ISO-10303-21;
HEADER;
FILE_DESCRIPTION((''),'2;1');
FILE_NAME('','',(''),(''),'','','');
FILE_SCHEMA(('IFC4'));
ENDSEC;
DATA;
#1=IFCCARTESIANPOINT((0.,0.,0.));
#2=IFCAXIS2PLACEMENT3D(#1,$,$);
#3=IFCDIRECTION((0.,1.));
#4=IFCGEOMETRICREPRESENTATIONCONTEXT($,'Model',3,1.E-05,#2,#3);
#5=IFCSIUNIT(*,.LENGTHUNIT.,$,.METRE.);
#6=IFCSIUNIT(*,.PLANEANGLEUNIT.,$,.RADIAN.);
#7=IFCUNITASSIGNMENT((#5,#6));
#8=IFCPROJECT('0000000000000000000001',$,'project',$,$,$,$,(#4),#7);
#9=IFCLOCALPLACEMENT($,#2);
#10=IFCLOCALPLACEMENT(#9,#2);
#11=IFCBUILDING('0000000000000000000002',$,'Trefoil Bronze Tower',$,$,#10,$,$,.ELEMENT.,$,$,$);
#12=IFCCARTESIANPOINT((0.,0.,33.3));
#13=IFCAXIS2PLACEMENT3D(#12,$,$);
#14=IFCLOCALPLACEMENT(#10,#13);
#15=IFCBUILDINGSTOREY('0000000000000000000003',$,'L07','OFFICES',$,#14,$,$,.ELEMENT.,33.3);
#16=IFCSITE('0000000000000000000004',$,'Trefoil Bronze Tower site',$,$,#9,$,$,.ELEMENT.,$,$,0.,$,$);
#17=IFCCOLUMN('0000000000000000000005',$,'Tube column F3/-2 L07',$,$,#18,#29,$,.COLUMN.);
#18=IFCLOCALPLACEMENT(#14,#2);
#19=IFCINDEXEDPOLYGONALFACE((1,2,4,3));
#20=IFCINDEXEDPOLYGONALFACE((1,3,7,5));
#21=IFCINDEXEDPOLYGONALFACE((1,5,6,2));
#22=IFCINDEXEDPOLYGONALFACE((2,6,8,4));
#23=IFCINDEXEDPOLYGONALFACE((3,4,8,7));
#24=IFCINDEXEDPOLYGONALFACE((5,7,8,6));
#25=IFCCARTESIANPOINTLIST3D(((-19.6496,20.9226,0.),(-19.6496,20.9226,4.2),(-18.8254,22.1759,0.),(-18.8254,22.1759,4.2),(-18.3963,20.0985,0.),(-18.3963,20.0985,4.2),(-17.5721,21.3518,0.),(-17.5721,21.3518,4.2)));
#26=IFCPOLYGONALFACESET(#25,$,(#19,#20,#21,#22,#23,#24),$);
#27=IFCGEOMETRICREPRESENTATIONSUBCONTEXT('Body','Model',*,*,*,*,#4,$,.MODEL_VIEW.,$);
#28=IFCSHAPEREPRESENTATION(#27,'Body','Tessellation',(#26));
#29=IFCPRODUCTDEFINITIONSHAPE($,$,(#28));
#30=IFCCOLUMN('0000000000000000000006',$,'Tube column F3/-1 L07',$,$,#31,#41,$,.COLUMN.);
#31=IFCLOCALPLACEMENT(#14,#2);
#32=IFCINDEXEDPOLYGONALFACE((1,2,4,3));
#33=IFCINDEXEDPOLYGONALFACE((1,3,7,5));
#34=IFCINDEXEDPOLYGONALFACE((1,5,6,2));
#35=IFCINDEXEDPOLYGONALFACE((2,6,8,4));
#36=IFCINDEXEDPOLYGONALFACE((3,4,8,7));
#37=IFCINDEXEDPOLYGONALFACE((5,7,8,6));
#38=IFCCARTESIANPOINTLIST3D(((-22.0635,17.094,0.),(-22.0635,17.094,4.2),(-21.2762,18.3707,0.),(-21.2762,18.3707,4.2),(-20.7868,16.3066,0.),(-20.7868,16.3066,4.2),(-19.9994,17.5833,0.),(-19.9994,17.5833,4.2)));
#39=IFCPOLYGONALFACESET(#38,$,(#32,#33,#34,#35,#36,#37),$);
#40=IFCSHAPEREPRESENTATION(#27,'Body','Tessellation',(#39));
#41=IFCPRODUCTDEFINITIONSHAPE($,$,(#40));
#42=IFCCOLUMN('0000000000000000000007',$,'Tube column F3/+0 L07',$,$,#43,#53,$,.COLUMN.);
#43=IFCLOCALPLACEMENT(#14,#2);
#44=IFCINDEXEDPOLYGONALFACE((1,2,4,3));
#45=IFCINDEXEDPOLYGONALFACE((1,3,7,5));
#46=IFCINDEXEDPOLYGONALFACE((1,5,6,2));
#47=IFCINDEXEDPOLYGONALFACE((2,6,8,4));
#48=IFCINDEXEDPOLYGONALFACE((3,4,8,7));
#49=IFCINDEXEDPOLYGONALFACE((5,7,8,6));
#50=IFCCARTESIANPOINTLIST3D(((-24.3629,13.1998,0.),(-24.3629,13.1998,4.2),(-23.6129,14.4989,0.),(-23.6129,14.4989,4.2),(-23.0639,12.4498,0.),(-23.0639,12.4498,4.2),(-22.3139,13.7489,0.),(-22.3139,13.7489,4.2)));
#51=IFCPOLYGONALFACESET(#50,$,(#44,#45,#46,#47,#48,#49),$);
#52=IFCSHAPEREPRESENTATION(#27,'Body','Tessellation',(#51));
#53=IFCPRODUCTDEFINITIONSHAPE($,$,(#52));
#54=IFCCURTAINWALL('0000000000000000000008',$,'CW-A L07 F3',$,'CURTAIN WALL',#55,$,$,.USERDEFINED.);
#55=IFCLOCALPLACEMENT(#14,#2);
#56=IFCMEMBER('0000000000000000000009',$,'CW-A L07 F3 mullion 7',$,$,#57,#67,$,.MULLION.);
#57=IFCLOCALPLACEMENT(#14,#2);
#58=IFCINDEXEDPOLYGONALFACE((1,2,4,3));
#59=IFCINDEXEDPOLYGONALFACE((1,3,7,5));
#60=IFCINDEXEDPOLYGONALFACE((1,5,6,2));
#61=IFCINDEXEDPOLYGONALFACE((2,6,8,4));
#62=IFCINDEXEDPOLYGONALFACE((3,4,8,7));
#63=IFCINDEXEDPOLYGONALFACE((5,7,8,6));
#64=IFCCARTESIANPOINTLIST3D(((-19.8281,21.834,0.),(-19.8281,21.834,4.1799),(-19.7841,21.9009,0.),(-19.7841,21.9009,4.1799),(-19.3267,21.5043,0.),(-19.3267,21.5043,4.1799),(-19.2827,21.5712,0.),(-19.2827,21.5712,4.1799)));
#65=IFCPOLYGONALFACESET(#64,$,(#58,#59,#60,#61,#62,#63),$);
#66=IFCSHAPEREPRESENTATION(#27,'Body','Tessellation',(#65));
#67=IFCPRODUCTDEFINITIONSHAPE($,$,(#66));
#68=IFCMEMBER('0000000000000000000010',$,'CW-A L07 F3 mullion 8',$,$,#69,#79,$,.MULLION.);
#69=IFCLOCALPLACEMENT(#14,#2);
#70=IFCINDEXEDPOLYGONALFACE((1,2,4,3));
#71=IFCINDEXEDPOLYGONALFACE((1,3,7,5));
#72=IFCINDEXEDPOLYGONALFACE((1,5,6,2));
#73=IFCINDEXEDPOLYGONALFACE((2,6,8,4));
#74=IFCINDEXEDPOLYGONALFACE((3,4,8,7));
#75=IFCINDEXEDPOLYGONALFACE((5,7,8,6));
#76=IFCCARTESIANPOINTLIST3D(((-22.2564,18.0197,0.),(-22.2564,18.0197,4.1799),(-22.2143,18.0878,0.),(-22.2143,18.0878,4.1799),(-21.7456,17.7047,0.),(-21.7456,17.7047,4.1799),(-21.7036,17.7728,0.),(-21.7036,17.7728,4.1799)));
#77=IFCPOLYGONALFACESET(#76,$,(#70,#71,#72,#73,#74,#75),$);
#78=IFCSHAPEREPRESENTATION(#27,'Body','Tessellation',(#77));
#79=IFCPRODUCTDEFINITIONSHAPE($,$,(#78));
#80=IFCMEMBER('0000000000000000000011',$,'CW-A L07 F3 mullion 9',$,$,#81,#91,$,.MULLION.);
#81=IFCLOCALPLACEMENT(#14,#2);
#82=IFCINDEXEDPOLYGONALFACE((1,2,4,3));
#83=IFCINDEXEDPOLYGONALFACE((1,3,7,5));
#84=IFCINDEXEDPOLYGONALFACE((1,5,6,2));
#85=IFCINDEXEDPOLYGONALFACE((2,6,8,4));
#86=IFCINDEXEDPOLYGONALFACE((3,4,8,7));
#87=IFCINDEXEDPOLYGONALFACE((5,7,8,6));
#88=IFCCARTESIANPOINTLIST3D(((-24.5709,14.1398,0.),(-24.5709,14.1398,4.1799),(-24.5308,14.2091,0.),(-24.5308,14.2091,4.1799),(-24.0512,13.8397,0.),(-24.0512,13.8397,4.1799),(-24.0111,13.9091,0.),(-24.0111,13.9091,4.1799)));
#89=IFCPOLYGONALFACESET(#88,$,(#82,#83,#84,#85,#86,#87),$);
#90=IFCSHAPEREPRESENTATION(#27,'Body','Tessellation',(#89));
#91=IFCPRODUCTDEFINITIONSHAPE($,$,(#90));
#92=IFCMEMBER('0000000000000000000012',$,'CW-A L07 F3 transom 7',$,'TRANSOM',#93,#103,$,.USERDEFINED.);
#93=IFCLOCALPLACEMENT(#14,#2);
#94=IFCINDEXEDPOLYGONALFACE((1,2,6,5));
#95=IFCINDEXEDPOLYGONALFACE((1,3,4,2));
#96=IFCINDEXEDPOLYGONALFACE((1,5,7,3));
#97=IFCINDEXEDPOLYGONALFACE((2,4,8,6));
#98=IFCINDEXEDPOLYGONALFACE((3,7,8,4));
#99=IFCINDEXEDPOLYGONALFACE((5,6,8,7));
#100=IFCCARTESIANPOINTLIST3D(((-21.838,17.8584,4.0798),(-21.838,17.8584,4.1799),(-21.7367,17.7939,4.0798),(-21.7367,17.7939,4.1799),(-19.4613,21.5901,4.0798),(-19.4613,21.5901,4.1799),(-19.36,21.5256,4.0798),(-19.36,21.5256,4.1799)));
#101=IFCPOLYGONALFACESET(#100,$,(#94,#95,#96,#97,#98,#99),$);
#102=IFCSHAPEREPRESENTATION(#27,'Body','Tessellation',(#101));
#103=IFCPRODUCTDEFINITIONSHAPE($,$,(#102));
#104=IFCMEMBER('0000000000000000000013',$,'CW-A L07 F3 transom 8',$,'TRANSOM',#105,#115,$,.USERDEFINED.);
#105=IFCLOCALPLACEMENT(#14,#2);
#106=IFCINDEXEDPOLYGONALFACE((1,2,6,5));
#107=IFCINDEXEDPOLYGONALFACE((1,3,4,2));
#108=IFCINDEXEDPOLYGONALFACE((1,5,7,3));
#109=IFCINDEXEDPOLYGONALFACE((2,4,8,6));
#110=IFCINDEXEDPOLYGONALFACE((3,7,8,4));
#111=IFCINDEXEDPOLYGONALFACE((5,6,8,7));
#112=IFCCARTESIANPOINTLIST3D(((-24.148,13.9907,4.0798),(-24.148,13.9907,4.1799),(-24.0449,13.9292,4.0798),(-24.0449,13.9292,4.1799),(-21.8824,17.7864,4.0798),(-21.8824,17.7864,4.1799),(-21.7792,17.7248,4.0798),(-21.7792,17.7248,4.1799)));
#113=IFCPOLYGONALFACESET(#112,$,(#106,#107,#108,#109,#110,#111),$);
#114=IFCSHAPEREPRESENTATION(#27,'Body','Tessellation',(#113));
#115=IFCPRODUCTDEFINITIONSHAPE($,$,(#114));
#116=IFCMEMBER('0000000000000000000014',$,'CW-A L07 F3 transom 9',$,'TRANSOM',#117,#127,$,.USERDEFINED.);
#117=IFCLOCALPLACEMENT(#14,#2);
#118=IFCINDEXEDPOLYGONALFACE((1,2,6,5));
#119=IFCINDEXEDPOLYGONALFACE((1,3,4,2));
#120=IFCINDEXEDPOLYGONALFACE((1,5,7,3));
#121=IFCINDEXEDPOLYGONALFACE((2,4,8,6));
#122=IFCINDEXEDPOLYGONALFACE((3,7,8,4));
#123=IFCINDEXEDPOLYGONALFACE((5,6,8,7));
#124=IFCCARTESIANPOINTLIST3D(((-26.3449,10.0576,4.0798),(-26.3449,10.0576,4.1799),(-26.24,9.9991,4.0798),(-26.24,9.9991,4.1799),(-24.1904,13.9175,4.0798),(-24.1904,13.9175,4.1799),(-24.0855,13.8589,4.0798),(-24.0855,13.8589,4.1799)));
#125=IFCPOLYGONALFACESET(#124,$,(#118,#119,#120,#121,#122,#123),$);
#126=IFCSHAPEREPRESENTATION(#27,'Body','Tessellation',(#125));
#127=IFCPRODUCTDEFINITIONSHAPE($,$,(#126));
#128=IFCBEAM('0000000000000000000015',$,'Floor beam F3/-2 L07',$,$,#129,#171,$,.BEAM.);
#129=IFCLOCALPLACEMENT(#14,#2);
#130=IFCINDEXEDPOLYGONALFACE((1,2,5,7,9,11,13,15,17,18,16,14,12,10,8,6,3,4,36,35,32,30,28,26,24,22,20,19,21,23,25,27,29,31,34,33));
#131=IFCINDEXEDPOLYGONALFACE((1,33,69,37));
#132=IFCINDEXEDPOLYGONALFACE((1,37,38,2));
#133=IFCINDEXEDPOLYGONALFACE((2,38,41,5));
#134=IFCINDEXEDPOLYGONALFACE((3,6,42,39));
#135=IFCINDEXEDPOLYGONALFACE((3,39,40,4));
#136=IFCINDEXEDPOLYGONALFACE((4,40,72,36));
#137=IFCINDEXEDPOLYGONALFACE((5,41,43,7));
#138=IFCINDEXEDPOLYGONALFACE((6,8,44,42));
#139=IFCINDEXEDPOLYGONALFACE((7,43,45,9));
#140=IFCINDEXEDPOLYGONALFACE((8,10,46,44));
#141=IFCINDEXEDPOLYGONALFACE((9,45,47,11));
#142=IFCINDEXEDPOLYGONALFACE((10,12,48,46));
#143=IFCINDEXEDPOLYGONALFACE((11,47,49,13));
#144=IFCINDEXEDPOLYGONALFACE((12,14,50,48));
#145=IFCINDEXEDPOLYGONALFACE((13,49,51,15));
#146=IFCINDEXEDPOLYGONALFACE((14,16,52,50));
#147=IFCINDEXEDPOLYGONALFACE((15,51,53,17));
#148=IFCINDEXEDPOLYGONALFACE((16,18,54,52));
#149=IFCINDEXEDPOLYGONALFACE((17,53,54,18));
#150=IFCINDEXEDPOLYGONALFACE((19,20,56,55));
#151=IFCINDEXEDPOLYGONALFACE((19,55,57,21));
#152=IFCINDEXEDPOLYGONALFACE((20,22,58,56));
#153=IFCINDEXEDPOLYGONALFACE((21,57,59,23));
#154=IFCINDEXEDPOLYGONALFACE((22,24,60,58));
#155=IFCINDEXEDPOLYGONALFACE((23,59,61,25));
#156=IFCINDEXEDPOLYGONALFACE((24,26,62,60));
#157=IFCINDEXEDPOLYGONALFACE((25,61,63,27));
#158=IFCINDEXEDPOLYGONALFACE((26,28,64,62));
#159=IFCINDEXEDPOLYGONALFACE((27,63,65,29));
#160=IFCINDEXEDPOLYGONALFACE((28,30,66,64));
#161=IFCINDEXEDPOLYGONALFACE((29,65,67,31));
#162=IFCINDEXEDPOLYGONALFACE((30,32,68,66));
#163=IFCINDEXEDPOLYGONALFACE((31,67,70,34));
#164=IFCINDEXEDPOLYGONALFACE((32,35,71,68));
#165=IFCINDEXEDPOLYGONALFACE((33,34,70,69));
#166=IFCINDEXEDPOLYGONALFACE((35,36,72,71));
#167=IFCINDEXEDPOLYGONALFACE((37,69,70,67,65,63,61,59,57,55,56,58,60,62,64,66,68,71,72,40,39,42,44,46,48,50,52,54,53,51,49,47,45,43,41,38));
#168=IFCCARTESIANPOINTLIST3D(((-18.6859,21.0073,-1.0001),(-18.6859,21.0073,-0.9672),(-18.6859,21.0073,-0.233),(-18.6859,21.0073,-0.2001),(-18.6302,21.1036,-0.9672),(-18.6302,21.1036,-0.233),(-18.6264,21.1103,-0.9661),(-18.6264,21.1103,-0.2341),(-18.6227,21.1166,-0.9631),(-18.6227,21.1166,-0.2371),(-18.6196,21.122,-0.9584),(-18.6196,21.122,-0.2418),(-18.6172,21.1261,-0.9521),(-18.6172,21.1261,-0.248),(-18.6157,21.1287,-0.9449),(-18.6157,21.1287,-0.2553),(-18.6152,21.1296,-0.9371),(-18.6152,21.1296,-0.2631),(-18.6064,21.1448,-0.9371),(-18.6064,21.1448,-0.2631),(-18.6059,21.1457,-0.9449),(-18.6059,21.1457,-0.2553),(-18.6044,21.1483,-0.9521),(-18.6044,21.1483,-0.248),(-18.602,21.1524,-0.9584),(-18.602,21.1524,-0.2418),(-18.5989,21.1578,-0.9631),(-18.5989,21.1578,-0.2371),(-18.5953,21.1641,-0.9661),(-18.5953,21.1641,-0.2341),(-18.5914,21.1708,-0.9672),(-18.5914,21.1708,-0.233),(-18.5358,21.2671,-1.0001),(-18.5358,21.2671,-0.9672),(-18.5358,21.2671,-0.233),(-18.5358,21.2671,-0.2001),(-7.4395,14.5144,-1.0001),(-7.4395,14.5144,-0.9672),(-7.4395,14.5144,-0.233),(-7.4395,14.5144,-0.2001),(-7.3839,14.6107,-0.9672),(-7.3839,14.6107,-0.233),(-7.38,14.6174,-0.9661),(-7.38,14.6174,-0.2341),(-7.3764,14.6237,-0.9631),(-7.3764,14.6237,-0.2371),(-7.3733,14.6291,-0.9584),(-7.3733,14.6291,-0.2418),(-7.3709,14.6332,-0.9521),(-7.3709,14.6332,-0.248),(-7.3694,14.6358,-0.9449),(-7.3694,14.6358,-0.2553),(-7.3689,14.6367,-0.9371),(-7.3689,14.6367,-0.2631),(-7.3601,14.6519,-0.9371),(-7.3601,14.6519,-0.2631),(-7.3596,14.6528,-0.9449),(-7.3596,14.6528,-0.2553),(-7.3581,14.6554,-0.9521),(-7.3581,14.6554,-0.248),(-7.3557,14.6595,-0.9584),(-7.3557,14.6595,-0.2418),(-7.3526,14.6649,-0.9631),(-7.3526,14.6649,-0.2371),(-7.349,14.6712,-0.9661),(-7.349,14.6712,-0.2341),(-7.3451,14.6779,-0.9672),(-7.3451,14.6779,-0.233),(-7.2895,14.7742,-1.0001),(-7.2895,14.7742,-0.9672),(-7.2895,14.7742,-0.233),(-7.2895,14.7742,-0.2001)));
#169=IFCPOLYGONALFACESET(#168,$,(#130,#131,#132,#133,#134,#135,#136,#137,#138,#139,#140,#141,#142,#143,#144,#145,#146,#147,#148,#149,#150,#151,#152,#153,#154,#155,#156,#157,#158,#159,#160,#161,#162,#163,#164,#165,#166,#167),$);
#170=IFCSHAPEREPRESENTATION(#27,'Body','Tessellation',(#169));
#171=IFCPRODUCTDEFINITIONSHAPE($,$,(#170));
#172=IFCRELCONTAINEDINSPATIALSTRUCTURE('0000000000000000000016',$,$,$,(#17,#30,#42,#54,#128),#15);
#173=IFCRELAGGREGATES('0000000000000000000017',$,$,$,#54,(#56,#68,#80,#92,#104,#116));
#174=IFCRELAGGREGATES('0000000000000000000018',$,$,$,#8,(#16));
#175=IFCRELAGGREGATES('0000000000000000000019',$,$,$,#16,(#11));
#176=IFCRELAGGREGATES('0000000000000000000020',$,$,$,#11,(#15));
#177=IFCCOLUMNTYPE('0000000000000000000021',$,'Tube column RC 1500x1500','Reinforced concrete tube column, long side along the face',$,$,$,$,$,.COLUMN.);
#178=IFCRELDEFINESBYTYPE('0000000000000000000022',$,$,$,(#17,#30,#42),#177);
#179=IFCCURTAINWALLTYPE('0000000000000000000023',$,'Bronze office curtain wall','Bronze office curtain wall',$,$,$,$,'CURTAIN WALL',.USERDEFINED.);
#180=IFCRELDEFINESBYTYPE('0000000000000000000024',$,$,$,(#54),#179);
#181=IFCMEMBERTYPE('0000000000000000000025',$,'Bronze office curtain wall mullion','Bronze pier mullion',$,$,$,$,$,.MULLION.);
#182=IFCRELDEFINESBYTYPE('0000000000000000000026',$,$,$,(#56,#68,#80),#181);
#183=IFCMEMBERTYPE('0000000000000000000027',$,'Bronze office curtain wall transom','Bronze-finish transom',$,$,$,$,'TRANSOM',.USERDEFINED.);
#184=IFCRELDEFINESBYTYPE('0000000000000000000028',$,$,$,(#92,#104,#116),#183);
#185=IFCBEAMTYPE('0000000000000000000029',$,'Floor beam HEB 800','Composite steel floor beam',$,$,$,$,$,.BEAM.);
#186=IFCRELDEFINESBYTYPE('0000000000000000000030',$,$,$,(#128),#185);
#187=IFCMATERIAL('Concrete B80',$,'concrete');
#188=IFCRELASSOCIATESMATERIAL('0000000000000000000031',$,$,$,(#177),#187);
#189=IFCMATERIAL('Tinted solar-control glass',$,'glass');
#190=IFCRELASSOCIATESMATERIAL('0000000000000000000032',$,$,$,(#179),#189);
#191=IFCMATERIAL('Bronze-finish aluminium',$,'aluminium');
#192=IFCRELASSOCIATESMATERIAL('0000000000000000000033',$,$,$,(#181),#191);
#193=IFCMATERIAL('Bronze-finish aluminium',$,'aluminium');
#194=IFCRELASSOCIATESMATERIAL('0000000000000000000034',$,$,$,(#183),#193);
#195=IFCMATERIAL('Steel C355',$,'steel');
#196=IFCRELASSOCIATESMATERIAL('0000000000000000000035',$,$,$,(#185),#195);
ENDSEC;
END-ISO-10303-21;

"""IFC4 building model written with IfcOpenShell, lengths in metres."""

from ifc_helpers import new_model, si_unit, direction, frame, origin, origin_2d, place, context, subcontext, project, spatial, rectangle, i_section, extrude, material, material_profile, profile_set, type_object, element, aggregate, save


model = new_model("IFC4")

# Units and contexts
model_context = context("Model", 3, precision=1e-05, world=origin(), true_north=direction((0.0, 1.0)))
body_context = subcontext(model_context, "Body", "Model", "MODEL_VIEW")
ifc_project = project(units=[si_unit("LENGTHUNIT", "METRE"), si_unit("PLANEANGLEUNIT", "RADIAN")], contexts=[model_context])

# Site, building, storey
site_placement = place(None, origin())
site = spatial("IfcSite", under=ifc_project, at=site_placement, Name="Trefoil Bronze Tower site", CompositionType="ELEMENT", RefElevation=0.0)
building_placement = place(site_placement, origin())
building = spatial("IfcBuilding", under=site, at=building_placement, Name="Trefoil Bronze Tower", CompositionType="ELEMENT")
storey_placement = place(building_placement, frame((0.0, 0.0, 33.3)))
storey = spatial("IfcBuildingStorey", under=building, at=storey_placement, Name="L07", Description="OFFICES", CompositionType="ELEMENT", Elevation=33.3)

# Columns
ifc_material_1 = material(Name="Concrete B80", Category="concrete")
ifc_material_profile_1 = material_profile(ifc_material_1, rectangle(XDim=1.5, YDim=1.5, at=origin_2d()), Name="RC 1500x1500")
ifc_profile_set_1 = profile_set([ifc_material_profile_1], Name="Concrete B80")
column_type = type_object("IfcColumnType", Name="Tube column RC 1500x1500", Description="Reinforced concrete tube column, long side along the face", PredefinedType="COLUMN", material=ifc_profile_set_1)
for number, where, z_axis, x_axis, name in (
    (1, (-18.6108, 21.1372, 0.0), (0.0, 0.0, 1.0), (-0.549424, -0.835544, 0.0), "Tube column F3/-2 L07"),
    (2, (-21.0315, 17.3386, 0.0), (0.0, 0.0, 1.0), (-0.524923, -0.85115, 0.0), "Tube column F3/-1 L07"),
    (3, (-23.3384, 13.4744, 0.0), (0.0, 0.0, 1.0), (-0.5, -0.866025, 0.0), "Tube column F3/+0 L07"),
):
    element("IfcColumn", number, at=place(storey_placement, frame(where, z_axis=z_axis, x_axis=x_axis)), inside=storey, type_object=column_type, Name=name, PredefinedType="COLUMN", context=body_context, shape_type="SweptSolid", body=[
        extrude(rectangle(XDim=1.5, YDim=1.5, at=origin_2d()), origin(), (0.0, 0.0, 1.0), 4.2),
    ])

# Curtain wall, members
ifc_material_2 = material(Name="Tinted solar-control glass", Category="glass")
curtain_wall_type = type_object("IfcCurtainWallType", Name="Bronze office curtain wall", Description="Bronze office curtain wall", ElementType="CURTAIN WALL", PredefinedType="USERDEFINED", material=ifc_material_2)
curtain_wall_placement = place(storey_placement, origin())
curtain_wall = element("IfcCurtainWall", 4, at=curtain_wall_placement, inside=storey, type_object=curtain_wall_type, Name="CW-A L07 F3", ObjectType="CURTAIN WALL", PredefinedType="USERDEFINED")
ifc_material_3 = material(Name="Bronze-finish aluminium", Category="aluminium")
ifc_material_profile_2 = material_profile(ifc_material_3, rectangle(XDim=0.6001, YDim=0.0801, at=origin_2d()), Name="CW-A mullion")
ifc_profile_set_2 = profile_set([ifc_material_profile_2], Name="Bronze-finish aluminium")
member_type_1 = type_object("IfcMemberType", Name="Bronze office curtain wall mullion", Description="Bronze pier mullion", PredefinedType="MULLION", material=ifc_profile_set_2)
member_1_placement = place(storey_placement, frame((-19.5554, 21.7026, 0.0), z_axis=(0.0, 0.0, 1.0), x_axis=(0.835544, -0.549424, 0.0)))
member_1 = element("IfcMember", 5, at=member_1_placement, type_object=member_type_1, Name="CW-A L07 F3 mullion 7", PredefinedType="MULLION", context=body_context, shape_type="SweptSolid", body=[
    extrude(rectangle(XDim=0.6001, YDim=0.0801, at=origin_2d()), origin(), (0.0, 0.0, 1.0), 4.1799),
])
member_2_placement = place(storey_placement, frame((-21.98, 17.8962, 0.0), z_axis=(0.0, 0.0, 1.0), x_axis=(0.85115, -0.524923, 0.0)))
member_2 = element("IfcMember", 6, at=member_2_placement, type_object=member_type_1, Name="CW-A L07 F3 mullion 8", PredefinedType="MULLION", context=body_context, shape_type="SweptSolid", body=[
    extrude(rectangle(XDim=0.6001, YDim=0.0801, at=origin_2d()), origin(), (0.0, 0.0, 1.0), 4.1799),
])
member_3_placement = place(storey_placement, frame((-24.291, 14.0244, 0.0), z_axis=(0.0, 0.0, 1.0), x_axis=(0.866025, -0.5, 0.0)))
member_3 = element("IfcMember", 7, at=member_3_placement, type_object=member_type_1, Name="CW-A L07 F3 mullion 9", PredefinedType="MULLION", context=body_context, shape_type="SweptSolid", body=[
    extrude(rectangle(XDim=0.6001, YDim=0.0801, at=origin_2d()), origin(), (0.0, 0.0, 1.0), 4.1799),
])
ifc_material_4 = material(Name="Bronze-finish aluminium", Category="aluminium")
ifc_material_profile_3 = material_profile(ifc_material_4, rectangle(XDim=0.1201, YDim=0.1001, at=origin_2d()), Name="CW-A transom")
ifc_profile_set_3 = profile_set([ifc_material_profile_3], Name="Bronze-finish aluminium")
member_type_2 = type_object("IfcMemberType", Name="Bronze office curtain wall transom", Description="Bronze-finish transom", ElementType="TRANSOM", PredefinedType="USERDEFINED", material=ifc_profile_set_3)
member_4_placement = place(storey_placement, frame((-19.4106, 21.5579, 4.1299), z_axis=(-0.537197, -0.843457, 0.0), x_axis=(0.843457, -0.537197, 0.0)))
member_4 = element("IfcMember", 8, at=member_4_placement, type_object=member_type_2, Name="CW-A L07 F3 transom 7", ObjectType="TRANSOM", PredefinedType="USERDEFINED", context=body_context, shape_type="SweptSolid", body=[
    extrude(rectangle(XDim=0.1201, YDim=0.1001, at=origin_2d()), origin(), (0.0, 0.0, 1.0), 4.4243),
])
member_5_placement = place(storey_placement, frame((-21.8308, 17.7556, 4.1299), z_axis=(-0.512537, -0.858665, 0.0), x_axis=(0.858665, -0.512537, 0.0)))
member_5 = element("IfcMember", 9, at=member_5_placement, type_object=member_type_2, Name="CW-A L07 F3 transom 8", ObjectType="TRANSOM", PredefinedType="USERDEFINED", context=body_context, shape_type="SweptSolid", body=[
    extrude(rectangle(XDim=0.1201, YDim=0.1001, at=origin_2d()), origin(), (0.0, 0.0, 1.0), 4.4204),
])
member_6_placement = place(storey_placement, frame((-24.1379, 13.8882, 4.1299), z_axis=(-0.4874, -0.873179, 0.0), x_axis=(0.873179, -0.4874, 0.0)))
member_6 = element("IfcMember", 10, at=member_6_placement, type_object=member_type_2, Name="CW-A L07 F3 transom 9", ObjectType="TRANSOM", PredefinedType="USERDEFINED", context=body_context, shape_type="SweptSolid", body=[
    extrude(rectangle(XDim=0.1201, YDim=0.1001, at=origin_2d()), origin(), (0.0, 0.0, 1.0), 4.4204),
])

# Beam
ifc_material_5 = material(Name="Steel C355", Category="steel")
ifc_material_profile_4 = material_profile(ifc_material_5, i_section(OverallWidth=0.3, OverallDepth=0.8, WebThickness=0.0176, FlangeThickness=0.033, FilletRadius=0.03, at=origin_2d()), Name="HEB 800")
ifc_profile_set_4 = profile_set([ifc_material_profile_4], Name="Steel C355")
beam_type_1 = type_object("IfcBeamType", Name="Floor beam HEB 800", Description="Composite steel floor beam", PredefinedType="BEAM", material=ifc_profile_set_4)
beam_1_placement = place(storey_placement, frame((-18.6108, 21.1372, -0.6001), z_axis=(0.866031, -0.499991, 0.0), x_axis=(0.499991, 0.866031, 0.0)))
element("IfcBeam", 11, at=beam_1_placement, inside=storey, type_object=beam_type_1, Name="Floor beam F3/-2 L07", PredefinedType="BEAM", context=body_context, shape_type="SweptSolid", body=[
    extrude(i_section(OverallWidth=0.3, OverallDepth=0.8, WebThickness=0.0176, FlangeThickness=0.033, FilletRadius=0.03, at=origin_2d()), origin(), (0.0, 0.0, 1.0), 12.9861),
])

aggregate(curtain_wall, [member_1, member_2, member_3, member_4, member_5, member_6])

save(model, "model.ifc")
